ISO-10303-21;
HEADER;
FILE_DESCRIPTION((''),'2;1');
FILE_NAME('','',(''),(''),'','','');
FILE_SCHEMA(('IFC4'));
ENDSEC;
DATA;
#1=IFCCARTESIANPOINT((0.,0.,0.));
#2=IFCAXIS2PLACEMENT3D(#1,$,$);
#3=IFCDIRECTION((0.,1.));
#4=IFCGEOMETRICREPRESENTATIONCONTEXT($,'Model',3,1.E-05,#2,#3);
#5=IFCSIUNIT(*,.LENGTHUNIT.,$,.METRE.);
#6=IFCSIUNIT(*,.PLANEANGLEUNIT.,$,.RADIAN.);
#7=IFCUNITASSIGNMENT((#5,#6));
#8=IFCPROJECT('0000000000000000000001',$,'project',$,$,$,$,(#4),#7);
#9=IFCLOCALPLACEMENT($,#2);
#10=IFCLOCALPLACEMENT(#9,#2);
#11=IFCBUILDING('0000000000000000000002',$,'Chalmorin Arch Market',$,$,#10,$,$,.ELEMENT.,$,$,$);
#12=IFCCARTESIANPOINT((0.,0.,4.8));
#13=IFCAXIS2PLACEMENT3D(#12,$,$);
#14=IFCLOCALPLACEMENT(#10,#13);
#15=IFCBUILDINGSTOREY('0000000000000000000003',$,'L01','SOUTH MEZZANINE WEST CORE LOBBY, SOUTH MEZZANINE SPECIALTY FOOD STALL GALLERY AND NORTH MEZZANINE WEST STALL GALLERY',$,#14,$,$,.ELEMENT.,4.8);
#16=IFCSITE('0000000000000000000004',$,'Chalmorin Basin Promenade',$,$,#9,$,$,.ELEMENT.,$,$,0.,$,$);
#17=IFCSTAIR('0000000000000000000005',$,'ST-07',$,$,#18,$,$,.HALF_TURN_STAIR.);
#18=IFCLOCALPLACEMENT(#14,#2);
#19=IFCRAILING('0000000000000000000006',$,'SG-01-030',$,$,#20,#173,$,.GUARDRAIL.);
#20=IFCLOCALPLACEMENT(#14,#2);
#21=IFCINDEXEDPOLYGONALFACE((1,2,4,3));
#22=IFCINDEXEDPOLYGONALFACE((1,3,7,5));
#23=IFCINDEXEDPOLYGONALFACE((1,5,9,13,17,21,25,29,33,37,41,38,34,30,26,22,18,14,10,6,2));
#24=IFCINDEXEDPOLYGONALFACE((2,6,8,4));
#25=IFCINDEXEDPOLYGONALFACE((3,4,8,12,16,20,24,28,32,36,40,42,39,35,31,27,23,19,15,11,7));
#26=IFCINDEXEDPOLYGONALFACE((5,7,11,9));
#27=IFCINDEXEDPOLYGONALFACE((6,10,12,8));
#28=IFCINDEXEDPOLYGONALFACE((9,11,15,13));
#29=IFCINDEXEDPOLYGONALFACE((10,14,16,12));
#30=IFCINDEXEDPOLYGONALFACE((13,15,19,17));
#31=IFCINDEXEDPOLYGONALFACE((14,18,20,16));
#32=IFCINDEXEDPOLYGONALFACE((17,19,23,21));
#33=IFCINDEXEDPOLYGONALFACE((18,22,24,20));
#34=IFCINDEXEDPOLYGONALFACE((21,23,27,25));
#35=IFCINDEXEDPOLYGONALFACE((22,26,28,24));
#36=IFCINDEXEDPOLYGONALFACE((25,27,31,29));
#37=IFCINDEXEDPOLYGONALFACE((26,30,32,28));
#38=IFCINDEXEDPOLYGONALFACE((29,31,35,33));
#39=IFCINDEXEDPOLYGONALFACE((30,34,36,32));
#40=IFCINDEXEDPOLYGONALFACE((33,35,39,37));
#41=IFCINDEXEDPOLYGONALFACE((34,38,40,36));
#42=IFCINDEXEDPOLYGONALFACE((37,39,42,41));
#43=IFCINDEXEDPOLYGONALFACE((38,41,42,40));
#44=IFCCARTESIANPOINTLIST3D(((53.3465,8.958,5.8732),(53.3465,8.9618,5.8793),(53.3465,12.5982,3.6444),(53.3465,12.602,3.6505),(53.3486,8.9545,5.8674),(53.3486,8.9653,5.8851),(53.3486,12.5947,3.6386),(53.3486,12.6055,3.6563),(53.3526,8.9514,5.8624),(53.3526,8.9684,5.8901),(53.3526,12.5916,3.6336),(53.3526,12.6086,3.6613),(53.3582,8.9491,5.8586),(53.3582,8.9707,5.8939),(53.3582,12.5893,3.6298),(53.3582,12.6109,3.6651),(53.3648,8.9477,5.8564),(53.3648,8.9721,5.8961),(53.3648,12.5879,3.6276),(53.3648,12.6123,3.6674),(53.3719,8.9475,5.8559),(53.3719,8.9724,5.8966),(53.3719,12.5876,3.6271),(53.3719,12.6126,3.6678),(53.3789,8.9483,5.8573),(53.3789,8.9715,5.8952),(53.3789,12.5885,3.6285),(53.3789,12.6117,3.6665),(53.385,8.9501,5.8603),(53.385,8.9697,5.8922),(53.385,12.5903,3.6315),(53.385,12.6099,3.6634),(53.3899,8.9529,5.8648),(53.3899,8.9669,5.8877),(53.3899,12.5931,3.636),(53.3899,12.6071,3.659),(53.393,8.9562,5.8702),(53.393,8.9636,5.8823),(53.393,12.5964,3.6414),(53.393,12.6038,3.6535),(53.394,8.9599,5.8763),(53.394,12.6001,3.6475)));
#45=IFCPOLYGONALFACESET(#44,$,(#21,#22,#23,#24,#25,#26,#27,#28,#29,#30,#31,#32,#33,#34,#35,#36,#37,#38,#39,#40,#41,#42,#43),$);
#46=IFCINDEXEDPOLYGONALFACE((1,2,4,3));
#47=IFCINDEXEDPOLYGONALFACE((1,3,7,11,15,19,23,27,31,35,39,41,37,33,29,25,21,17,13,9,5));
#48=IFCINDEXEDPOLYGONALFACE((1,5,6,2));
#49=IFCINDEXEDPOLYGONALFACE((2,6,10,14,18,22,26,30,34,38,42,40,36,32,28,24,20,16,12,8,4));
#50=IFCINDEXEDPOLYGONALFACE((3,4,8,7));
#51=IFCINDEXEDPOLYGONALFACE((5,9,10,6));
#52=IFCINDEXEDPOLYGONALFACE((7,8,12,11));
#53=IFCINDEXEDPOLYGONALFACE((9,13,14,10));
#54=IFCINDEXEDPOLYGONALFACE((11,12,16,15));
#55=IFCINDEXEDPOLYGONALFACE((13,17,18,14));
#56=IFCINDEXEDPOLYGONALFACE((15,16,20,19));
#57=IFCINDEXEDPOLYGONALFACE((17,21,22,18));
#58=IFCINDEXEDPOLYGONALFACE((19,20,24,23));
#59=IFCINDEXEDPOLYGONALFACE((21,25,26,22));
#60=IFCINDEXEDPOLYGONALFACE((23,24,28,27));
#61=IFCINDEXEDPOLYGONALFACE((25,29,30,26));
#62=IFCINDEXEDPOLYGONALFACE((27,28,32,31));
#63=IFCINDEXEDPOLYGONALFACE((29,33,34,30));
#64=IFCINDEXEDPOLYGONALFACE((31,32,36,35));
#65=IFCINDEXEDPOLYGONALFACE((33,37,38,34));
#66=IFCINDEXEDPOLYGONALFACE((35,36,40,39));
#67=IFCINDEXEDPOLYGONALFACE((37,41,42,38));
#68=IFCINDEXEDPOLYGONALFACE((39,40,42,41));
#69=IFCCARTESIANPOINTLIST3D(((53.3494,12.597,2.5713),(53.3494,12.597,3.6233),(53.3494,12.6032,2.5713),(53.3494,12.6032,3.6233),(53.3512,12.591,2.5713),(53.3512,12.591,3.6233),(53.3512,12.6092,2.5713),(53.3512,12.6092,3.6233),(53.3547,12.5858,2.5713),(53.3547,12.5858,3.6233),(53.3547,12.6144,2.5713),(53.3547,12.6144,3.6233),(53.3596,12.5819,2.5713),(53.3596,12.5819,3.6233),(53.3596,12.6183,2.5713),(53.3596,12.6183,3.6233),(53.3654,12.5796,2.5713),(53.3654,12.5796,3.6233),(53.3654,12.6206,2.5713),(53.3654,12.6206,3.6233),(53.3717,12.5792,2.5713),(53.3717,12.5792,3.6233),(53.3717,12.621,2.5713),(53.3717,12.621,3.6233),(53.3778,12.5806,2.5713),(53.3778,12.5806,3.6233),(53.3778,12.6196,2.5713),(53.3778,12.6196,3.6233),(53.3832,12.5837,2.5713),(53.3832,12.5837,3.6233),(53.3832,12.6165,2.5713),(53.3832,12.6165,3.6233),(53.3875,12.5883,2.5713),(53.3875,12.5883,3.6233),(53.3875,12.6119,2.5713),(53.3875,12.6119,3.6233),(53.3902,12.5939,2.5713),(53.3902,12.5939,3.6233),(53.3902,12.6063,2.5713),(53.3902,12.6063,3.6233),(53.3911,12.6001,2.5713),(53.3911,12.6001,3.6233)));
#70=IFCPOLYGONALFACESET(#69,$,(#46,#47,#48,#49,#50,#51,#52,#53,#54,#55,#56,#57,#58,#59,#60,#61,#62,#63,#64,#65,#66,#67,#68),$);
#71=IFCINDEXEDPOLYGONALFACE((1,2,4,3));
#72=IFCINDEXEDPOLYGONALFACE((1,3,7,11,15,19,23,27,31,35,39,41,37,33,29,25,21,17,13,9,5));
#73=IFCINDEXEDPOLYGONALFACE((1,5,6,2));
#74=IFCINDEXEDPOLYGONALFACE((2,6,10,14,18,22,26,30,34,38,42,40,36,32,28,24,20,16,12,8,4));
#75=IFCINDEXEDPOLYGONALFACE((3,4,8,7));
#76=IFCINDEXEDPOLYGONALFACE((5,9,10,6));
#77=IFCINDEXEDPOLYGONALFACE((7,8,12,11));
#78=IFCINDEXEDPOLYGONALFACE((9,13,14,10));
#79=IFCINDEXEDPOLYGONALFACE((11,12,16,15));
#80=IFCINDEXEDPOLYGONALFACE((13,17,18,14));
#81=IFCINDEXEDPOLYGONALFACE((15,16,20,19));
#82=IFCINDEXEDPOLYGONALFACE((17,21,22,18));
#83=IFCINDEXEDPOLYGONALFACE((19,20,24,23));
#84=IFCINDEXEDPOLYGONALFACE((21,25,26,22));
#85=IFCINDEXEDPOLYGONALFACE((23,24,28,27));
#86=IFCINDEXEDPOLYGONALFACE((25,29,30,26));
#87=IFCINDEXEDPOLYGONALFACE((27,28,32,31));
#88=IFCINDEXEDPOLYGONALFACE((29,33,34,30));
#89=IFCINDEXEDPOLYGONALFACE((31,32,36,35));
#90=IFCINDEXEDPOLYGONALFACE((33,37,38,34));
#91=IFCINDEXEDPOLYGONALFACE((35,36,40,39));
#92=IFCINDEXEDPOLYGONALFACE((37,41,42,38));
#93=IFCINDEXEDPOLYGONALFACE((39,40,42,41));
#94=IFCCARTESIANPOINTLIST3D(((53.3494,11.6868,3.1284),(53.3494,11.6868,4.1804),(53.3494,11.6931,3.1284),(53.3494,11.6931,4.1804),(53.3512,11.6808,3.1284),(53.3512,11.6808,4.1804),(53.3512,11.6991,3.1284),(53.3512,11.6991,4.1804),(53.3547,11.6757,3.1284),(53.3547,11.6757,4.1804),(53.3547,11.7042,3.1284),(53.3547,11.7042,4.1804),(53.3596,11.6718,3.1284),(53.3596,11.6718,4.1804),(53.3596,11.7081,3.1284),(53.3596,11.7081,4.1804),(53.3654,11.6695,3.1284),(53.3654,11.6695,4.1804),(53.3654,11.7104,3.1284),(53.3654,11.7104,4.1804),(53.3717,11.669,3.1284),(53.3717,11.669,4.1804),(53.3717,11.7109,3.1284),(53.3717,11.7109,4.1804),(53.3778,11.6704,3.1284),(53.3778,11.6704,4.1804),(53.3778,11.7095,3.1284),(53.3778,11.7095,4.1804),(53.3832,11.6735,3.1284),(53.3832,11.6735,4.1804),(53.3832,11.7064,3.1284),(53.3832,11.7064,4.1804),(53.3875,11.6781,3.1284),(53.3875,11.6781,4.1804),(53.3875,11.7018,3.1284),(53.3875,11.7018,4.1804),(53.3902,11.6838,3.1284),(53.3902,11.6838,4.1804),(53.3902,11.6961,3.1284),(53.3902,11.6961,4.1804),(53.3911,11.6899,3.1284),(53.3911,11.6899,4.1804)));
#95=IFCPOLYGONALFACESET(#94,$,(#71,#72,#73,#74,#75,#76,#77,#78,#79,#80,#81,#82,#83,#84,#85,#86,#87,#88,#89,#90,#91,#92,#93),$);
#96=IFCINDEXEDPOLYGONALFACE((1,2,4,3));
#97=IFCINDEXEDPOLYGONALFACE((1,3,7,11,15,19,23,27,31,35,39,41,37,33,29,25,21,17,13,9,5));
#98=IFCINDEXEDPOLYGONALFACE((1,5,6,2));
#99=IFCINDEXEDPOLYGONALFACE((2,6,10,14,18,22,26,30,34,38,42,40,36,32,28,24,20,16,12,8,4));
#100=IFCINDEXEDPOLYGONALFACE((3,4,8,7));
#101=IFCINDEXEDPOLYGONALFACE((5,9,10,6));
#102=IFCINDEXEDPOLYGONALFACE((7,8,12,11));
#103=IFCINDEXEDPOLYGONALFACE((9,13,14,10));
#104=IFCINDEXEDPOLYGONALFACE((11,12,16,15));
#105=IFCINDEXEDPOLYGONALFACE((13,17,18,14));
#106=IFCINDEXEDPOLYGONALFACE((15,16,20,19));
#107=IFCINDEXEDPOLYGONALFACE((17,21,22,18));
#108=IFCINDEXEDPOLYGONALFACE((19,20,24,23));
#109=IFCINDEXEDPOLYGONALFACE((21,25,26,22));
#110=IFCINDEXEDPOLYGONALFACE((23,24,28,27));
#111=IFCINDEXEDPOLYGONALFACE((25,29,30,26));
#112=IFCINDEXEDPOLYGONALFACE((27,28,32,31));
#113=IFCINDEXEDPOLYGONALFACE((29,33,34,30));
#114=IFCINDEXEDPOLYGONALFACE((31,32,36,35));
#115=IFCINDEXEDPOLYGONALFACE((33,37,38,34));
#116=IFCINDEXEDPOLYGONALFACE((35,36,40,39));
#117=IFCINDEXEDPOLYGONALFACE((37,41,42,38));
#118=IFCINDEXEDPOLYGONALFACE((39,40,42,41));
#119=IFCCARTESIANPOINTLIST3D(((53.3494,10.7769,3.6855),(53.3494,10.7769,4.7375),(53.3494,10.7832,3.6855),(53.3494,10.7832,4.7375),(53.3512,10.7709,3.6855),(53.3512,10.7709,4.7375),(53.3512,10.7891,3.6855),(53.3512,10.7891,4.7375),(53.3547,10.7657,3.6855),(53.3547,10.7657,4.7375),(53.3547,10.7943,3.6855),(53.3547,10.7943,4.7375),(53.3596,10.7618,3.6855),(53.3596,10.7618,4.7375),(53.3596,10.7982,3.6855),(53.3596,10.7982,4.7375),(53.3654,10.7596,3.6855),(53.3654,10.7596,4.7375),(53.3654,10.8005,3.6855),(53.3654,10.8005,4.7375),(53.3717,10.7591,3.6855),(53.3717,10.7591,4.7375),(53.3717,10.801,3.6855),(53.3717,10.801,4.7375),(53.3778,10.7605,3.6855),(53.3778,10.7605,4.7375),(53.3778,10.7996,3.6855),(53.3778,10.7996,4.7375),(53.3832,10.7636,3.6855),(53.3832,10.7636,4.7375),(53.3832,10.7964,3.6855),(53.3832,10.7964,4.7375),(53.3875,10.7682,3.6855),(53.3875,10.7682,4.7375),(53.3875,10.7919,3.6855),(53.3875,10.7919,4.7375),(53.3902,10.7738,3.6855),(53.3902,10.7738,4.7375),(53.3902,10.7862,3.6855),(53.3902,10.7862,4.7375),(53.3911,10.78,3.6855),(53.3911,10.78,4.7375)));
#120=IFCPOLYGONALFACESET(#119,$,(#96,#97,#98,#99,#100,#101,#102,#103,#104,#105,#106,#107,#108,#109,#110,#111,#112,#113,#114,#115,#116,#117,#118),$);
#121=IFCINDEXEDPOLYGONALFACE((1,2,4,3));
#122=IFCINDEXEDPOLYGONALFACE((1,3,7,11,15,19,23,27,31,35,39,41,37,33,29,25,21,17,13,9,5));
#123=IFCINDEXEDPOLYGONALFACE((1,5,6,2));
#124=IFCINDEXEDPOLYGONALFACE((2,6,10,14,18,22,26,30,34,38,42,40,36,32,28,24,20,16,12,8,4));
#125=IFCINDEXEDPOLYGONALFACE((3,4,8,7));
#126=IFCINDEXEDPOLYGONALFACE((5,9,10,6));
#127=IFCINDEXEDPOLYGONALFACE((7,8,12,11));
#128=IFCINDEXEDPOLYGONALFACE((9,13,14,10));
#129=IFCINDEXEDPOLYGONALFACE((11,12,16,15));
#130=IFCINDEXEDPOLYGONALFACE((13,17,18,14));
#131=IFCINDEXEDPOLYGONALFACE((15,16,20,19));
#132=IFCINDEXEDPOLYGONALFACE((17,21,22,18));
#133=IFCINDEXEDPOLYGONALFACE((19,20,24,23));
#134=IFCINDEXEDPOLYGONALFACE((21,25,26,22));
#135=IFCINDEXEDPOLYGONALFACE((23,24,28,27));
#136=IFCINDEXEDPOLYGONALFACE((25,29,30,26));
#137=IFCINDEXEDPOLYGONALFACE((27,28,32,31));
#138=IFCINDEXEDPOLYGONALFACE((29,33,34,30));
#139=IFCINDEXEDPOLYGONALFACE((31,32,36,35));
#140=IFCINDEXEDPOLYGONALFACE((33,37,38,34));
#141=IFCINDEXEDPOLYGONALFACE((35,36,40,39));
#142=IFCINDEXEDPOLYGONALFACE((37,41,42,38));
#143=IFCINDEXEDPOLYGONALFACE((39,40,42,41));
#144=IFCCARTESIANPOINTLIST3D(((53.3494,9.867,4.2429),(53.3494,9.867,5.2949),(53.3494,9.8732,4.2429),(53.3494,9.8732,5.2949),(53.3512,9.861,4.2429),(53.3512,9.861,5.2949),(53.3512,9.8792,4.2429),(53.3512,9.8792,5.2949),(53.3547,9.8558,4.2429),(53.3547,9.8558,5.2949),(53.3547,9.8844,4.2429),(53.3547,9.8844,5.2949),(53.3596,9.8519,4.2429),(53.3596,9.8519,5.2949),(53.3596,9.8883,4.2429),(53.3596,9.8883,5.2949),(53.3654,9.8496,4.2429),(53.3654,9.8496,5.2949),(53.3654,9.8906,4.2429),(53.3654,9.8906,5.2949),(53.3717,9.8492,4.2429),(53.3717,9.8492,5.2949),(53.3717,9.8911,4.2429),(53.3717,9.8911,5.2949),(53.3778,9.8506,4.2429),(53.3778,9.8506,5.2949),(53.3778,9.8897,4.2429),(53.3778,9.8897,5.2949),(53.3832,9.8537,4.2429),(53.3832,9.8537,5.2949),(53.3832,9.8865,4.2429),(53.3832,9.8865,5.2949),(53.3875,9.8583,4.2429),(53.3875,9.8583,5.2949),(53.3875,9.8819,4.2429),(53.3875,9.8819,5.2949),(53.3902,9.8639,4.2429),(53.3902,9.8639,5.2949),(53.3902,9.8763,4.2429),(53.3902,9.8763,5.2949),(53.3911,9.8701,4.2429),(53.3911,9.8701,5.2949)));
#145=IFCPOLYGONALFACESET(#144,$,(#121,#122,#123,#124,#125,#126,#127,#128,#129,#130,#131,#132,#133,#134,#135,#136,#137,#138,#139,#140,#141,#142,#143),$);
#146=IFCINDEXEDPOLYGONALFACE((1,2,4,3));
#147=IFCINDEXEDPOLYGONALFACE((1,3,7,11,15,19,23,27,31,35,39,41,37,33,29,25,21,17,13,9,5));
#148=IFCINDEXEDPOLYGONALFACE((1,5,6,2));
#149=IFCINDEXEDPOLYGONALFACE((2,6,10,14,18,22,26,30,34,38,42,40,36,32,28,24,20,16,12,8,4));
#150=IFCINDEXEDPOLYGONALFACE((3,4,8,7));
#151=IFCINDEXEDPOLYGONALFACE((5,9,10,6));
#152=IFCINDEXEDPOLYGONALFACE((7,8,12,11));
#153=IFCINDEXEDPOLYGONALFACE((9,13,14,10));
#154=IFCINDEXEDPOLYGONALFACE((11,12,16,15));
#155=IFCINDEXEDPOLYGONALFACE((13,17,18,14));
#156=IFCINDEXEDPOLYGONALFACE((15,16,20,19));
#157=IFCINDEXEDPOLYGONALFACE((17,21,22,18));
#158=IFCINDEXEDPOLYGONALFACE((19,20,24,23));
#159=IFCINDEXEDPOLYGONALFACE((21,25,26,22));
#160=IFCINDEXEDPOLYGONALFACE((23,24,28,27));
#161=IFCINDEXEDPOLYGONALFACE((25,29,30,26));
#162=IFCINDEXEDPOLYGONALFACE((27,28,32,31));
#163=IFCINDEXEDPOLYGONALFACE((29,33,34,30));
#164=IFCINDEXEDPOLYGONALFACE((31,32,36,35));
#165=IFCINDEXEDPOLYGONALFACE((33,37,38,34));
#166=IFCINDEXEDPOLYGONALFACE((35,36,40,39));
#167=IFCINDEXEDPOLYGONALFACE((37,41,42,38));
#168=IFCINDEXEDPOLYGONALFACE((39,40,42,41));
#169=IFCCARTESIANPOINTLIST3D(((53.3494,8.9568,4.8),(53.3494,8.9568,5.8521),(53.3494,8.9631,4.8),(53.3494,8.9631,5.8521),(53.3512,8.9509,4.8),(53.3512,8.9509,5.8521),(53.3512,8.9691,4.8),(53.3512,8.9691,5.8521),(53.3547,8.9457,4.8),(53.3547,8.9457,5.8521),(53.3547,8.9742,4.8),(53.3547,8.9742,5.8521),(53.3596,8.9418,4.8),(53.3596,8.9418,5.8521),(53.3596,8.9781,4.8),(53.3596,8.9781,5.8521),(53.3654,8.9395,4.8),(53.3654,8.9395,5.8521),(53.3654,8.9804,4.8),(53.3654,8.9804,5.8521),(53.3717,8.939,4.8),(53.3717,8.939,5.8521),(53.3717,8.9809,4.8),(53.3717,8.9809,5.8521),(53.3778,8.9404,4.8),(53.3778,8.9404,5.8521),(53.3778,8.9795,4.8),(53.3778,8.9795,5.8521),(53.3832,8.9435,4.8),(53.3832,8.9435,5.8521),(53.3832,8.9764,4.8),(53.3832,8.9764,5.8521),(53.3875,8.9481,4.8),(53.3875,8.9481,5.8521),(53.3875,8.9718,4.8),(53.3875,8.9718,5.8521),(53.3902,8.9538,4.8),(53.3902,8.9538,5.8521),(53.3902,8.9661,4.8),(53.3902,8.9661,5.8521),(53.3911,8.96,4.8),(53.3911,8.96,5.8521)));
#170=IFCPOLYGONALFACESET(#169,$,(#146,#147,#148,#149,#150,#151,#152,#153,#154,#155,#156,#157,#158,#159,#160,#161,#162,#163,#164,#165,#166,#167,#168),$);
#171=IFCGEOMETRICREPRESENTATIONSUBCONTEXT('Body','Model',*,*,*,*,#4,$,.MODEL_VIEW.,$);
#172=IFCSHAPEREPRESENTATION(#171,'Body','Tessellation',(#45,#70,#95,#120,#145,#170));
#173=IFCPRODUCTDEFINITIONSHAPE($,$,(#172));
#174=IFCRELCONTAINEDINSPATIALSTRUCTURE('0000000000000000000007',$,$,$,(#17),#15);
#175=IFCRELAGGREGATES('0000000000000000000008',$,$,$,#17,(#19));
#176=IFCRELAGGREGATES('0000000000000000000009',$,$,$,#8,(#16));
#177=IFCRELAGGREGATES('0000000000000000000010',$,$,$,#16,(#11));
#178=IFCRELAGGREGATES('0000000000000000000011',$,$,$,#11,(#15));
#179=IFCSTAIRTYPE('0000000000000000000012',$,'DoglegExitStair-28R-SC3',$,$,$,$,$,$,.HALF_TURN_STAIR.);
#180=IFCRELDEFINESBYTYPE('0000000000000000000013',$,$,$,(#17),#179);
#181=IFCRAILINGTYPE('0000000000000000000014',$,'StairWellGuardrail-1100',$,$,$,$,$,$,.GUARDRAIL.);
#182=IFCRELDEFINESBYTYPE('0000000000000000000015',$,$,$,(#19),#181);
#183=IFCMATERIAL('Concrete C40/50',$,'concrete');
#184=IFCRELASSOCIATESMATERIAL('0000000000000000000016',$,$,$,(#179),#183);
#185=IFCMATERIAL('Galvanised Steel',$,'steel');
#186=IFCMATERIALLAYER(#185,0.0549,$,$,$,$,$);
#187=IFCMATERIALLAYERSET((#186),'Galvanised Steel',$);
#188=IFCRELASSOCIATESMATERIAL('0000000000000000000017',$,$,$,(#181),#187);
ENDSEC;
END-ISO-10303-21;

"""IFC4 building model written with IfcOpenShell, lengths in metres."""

from ifc_helpers import new_model, si_unit, direction, frame, origin, origin_2d, place, context, subcontext, project, spatial, circle, extrude, material, layer, layer_set, type_object, element, aggregate, save


model = new_model("IFC4")

# Units and contexts
model_context = context("Model", 3, precision=1e-05, world=origin(), true_north=direction((0.0, 1.0)))
body_context = subcontext(model_context, "Body", "Model", "MODEL_VIEW")
ifc_project = project(units=[si_unit("LENGTHUNIT", "METRE"), si_unit("PLANEANGLEUNIT", "RADIAN")], contexts=[model_context])

# Site, building, storey
site_placement = place(None, origin())
site = spatial("IfcSite", under=ifc_project, at=site_placement, Name="Chalmorin Basin Promenade", CompositionType="ELEMENT", RefElevation=0.0)
building_placement = place(site_placement, origin())
building = spatial("IfcBuilding", under=site, at=building_placement, Name="Chalmorin Arch Market", CompositionType="ELEMENT")
storey_placement = place(building_placement, frame((0.0, 0.0, 4.8)))
storey = spatial("IfcBuildingStorey", under=building, at=storey_placement, Name="L01", Description="SOUTH MEZZANINE WEST CORE LOBBY, SOUTH MEZZANINE SPECIALTY FOOD STALL GALLERY AND NORTH MEZZANINE WEST STALL GALLERY", CompositionType="ELEMENT", Elevation=4.8)

# Shared definitions
ifc_material_1 = material(Name="Concrete C40/50", Category="concrete")

# Shared definitions
ifc_material_2 = material(Name="Galvanised Steel", Category="steel")

# Stair
stair_type = type_object("IfcStairType", Name="DoglegExitStair-28R-SC3", PredefinedType="HALF_TURN_STAIR", material=ifc_material_1)
stair_placement = place(storey_placement, origin())
stair = element("IfcStair", 1, at=stair_placement, inside=storey, type_object=stair_type, Name="ST-07", PredefinedType="HALF_TURN_STAIR")

# Railing
ifc_layer_1 = layer(ifc_material_2, 0.0549)
ifc_layer_set_1 = layer_set([ifc_layer_1], Name="Galvanised Steel")
railing_type_1 = type_object("IfcRailingType", Name="StairWellGuardrail-1100", PredefinedType="GUARDRAIL", material=ifc_layer_set_1)
railing_1_placement = place(storey_placement, frame((53.3701, 12.6001, 2.5713)))
railing_1 = element("IfcRailing", 2, at=railing_1_placement, type_object=railing_type_1, Name="SG-01-030", PredefinedType="GUARDRAIL", context=body_context, shape_type="SweptSolid", body=[
    extrude(circle(Radius=0.0239, at=origin_2d()), frame((0.0, 0.0, 1.0762), z_axis=(0.0, -0.85284, 0.522172), x_axis=(1.0, 0.0, 0.0)), (0.0, 0.0, 1.0), 4.2683),
    extrude(circle(Radius=0.021, at=origin_2d()), origin(), (0.0, 0.0, 1.0), 1.052),
    extrude(circle(Radius=0.021, at=origin_2d()), frame((0.0, -0.9102, 0.5571)), (0.0, 0.0, 1.0), 1.052),
    extrude(circle(Radius=0.021, at=origin_2d()), frame((0.0, -1.8201, 1.1143)), (0.0, 0.0, 1.0), 1.052),
    extrude(circle(Radius=0.021, at=origin_2d()), frame((0.0, -2.73, 1.6716)), (0.0, 0.0, 1.0), 1.052),
    extrude(circle(Radius=0.021, at=origin_2d()), frame((0.0, -3.6401, 2.2288)), (0.0, 0.0, 1.0), 1.052),
])
aggregate(stair, [railing_1])

save(model, "model.ifc")
